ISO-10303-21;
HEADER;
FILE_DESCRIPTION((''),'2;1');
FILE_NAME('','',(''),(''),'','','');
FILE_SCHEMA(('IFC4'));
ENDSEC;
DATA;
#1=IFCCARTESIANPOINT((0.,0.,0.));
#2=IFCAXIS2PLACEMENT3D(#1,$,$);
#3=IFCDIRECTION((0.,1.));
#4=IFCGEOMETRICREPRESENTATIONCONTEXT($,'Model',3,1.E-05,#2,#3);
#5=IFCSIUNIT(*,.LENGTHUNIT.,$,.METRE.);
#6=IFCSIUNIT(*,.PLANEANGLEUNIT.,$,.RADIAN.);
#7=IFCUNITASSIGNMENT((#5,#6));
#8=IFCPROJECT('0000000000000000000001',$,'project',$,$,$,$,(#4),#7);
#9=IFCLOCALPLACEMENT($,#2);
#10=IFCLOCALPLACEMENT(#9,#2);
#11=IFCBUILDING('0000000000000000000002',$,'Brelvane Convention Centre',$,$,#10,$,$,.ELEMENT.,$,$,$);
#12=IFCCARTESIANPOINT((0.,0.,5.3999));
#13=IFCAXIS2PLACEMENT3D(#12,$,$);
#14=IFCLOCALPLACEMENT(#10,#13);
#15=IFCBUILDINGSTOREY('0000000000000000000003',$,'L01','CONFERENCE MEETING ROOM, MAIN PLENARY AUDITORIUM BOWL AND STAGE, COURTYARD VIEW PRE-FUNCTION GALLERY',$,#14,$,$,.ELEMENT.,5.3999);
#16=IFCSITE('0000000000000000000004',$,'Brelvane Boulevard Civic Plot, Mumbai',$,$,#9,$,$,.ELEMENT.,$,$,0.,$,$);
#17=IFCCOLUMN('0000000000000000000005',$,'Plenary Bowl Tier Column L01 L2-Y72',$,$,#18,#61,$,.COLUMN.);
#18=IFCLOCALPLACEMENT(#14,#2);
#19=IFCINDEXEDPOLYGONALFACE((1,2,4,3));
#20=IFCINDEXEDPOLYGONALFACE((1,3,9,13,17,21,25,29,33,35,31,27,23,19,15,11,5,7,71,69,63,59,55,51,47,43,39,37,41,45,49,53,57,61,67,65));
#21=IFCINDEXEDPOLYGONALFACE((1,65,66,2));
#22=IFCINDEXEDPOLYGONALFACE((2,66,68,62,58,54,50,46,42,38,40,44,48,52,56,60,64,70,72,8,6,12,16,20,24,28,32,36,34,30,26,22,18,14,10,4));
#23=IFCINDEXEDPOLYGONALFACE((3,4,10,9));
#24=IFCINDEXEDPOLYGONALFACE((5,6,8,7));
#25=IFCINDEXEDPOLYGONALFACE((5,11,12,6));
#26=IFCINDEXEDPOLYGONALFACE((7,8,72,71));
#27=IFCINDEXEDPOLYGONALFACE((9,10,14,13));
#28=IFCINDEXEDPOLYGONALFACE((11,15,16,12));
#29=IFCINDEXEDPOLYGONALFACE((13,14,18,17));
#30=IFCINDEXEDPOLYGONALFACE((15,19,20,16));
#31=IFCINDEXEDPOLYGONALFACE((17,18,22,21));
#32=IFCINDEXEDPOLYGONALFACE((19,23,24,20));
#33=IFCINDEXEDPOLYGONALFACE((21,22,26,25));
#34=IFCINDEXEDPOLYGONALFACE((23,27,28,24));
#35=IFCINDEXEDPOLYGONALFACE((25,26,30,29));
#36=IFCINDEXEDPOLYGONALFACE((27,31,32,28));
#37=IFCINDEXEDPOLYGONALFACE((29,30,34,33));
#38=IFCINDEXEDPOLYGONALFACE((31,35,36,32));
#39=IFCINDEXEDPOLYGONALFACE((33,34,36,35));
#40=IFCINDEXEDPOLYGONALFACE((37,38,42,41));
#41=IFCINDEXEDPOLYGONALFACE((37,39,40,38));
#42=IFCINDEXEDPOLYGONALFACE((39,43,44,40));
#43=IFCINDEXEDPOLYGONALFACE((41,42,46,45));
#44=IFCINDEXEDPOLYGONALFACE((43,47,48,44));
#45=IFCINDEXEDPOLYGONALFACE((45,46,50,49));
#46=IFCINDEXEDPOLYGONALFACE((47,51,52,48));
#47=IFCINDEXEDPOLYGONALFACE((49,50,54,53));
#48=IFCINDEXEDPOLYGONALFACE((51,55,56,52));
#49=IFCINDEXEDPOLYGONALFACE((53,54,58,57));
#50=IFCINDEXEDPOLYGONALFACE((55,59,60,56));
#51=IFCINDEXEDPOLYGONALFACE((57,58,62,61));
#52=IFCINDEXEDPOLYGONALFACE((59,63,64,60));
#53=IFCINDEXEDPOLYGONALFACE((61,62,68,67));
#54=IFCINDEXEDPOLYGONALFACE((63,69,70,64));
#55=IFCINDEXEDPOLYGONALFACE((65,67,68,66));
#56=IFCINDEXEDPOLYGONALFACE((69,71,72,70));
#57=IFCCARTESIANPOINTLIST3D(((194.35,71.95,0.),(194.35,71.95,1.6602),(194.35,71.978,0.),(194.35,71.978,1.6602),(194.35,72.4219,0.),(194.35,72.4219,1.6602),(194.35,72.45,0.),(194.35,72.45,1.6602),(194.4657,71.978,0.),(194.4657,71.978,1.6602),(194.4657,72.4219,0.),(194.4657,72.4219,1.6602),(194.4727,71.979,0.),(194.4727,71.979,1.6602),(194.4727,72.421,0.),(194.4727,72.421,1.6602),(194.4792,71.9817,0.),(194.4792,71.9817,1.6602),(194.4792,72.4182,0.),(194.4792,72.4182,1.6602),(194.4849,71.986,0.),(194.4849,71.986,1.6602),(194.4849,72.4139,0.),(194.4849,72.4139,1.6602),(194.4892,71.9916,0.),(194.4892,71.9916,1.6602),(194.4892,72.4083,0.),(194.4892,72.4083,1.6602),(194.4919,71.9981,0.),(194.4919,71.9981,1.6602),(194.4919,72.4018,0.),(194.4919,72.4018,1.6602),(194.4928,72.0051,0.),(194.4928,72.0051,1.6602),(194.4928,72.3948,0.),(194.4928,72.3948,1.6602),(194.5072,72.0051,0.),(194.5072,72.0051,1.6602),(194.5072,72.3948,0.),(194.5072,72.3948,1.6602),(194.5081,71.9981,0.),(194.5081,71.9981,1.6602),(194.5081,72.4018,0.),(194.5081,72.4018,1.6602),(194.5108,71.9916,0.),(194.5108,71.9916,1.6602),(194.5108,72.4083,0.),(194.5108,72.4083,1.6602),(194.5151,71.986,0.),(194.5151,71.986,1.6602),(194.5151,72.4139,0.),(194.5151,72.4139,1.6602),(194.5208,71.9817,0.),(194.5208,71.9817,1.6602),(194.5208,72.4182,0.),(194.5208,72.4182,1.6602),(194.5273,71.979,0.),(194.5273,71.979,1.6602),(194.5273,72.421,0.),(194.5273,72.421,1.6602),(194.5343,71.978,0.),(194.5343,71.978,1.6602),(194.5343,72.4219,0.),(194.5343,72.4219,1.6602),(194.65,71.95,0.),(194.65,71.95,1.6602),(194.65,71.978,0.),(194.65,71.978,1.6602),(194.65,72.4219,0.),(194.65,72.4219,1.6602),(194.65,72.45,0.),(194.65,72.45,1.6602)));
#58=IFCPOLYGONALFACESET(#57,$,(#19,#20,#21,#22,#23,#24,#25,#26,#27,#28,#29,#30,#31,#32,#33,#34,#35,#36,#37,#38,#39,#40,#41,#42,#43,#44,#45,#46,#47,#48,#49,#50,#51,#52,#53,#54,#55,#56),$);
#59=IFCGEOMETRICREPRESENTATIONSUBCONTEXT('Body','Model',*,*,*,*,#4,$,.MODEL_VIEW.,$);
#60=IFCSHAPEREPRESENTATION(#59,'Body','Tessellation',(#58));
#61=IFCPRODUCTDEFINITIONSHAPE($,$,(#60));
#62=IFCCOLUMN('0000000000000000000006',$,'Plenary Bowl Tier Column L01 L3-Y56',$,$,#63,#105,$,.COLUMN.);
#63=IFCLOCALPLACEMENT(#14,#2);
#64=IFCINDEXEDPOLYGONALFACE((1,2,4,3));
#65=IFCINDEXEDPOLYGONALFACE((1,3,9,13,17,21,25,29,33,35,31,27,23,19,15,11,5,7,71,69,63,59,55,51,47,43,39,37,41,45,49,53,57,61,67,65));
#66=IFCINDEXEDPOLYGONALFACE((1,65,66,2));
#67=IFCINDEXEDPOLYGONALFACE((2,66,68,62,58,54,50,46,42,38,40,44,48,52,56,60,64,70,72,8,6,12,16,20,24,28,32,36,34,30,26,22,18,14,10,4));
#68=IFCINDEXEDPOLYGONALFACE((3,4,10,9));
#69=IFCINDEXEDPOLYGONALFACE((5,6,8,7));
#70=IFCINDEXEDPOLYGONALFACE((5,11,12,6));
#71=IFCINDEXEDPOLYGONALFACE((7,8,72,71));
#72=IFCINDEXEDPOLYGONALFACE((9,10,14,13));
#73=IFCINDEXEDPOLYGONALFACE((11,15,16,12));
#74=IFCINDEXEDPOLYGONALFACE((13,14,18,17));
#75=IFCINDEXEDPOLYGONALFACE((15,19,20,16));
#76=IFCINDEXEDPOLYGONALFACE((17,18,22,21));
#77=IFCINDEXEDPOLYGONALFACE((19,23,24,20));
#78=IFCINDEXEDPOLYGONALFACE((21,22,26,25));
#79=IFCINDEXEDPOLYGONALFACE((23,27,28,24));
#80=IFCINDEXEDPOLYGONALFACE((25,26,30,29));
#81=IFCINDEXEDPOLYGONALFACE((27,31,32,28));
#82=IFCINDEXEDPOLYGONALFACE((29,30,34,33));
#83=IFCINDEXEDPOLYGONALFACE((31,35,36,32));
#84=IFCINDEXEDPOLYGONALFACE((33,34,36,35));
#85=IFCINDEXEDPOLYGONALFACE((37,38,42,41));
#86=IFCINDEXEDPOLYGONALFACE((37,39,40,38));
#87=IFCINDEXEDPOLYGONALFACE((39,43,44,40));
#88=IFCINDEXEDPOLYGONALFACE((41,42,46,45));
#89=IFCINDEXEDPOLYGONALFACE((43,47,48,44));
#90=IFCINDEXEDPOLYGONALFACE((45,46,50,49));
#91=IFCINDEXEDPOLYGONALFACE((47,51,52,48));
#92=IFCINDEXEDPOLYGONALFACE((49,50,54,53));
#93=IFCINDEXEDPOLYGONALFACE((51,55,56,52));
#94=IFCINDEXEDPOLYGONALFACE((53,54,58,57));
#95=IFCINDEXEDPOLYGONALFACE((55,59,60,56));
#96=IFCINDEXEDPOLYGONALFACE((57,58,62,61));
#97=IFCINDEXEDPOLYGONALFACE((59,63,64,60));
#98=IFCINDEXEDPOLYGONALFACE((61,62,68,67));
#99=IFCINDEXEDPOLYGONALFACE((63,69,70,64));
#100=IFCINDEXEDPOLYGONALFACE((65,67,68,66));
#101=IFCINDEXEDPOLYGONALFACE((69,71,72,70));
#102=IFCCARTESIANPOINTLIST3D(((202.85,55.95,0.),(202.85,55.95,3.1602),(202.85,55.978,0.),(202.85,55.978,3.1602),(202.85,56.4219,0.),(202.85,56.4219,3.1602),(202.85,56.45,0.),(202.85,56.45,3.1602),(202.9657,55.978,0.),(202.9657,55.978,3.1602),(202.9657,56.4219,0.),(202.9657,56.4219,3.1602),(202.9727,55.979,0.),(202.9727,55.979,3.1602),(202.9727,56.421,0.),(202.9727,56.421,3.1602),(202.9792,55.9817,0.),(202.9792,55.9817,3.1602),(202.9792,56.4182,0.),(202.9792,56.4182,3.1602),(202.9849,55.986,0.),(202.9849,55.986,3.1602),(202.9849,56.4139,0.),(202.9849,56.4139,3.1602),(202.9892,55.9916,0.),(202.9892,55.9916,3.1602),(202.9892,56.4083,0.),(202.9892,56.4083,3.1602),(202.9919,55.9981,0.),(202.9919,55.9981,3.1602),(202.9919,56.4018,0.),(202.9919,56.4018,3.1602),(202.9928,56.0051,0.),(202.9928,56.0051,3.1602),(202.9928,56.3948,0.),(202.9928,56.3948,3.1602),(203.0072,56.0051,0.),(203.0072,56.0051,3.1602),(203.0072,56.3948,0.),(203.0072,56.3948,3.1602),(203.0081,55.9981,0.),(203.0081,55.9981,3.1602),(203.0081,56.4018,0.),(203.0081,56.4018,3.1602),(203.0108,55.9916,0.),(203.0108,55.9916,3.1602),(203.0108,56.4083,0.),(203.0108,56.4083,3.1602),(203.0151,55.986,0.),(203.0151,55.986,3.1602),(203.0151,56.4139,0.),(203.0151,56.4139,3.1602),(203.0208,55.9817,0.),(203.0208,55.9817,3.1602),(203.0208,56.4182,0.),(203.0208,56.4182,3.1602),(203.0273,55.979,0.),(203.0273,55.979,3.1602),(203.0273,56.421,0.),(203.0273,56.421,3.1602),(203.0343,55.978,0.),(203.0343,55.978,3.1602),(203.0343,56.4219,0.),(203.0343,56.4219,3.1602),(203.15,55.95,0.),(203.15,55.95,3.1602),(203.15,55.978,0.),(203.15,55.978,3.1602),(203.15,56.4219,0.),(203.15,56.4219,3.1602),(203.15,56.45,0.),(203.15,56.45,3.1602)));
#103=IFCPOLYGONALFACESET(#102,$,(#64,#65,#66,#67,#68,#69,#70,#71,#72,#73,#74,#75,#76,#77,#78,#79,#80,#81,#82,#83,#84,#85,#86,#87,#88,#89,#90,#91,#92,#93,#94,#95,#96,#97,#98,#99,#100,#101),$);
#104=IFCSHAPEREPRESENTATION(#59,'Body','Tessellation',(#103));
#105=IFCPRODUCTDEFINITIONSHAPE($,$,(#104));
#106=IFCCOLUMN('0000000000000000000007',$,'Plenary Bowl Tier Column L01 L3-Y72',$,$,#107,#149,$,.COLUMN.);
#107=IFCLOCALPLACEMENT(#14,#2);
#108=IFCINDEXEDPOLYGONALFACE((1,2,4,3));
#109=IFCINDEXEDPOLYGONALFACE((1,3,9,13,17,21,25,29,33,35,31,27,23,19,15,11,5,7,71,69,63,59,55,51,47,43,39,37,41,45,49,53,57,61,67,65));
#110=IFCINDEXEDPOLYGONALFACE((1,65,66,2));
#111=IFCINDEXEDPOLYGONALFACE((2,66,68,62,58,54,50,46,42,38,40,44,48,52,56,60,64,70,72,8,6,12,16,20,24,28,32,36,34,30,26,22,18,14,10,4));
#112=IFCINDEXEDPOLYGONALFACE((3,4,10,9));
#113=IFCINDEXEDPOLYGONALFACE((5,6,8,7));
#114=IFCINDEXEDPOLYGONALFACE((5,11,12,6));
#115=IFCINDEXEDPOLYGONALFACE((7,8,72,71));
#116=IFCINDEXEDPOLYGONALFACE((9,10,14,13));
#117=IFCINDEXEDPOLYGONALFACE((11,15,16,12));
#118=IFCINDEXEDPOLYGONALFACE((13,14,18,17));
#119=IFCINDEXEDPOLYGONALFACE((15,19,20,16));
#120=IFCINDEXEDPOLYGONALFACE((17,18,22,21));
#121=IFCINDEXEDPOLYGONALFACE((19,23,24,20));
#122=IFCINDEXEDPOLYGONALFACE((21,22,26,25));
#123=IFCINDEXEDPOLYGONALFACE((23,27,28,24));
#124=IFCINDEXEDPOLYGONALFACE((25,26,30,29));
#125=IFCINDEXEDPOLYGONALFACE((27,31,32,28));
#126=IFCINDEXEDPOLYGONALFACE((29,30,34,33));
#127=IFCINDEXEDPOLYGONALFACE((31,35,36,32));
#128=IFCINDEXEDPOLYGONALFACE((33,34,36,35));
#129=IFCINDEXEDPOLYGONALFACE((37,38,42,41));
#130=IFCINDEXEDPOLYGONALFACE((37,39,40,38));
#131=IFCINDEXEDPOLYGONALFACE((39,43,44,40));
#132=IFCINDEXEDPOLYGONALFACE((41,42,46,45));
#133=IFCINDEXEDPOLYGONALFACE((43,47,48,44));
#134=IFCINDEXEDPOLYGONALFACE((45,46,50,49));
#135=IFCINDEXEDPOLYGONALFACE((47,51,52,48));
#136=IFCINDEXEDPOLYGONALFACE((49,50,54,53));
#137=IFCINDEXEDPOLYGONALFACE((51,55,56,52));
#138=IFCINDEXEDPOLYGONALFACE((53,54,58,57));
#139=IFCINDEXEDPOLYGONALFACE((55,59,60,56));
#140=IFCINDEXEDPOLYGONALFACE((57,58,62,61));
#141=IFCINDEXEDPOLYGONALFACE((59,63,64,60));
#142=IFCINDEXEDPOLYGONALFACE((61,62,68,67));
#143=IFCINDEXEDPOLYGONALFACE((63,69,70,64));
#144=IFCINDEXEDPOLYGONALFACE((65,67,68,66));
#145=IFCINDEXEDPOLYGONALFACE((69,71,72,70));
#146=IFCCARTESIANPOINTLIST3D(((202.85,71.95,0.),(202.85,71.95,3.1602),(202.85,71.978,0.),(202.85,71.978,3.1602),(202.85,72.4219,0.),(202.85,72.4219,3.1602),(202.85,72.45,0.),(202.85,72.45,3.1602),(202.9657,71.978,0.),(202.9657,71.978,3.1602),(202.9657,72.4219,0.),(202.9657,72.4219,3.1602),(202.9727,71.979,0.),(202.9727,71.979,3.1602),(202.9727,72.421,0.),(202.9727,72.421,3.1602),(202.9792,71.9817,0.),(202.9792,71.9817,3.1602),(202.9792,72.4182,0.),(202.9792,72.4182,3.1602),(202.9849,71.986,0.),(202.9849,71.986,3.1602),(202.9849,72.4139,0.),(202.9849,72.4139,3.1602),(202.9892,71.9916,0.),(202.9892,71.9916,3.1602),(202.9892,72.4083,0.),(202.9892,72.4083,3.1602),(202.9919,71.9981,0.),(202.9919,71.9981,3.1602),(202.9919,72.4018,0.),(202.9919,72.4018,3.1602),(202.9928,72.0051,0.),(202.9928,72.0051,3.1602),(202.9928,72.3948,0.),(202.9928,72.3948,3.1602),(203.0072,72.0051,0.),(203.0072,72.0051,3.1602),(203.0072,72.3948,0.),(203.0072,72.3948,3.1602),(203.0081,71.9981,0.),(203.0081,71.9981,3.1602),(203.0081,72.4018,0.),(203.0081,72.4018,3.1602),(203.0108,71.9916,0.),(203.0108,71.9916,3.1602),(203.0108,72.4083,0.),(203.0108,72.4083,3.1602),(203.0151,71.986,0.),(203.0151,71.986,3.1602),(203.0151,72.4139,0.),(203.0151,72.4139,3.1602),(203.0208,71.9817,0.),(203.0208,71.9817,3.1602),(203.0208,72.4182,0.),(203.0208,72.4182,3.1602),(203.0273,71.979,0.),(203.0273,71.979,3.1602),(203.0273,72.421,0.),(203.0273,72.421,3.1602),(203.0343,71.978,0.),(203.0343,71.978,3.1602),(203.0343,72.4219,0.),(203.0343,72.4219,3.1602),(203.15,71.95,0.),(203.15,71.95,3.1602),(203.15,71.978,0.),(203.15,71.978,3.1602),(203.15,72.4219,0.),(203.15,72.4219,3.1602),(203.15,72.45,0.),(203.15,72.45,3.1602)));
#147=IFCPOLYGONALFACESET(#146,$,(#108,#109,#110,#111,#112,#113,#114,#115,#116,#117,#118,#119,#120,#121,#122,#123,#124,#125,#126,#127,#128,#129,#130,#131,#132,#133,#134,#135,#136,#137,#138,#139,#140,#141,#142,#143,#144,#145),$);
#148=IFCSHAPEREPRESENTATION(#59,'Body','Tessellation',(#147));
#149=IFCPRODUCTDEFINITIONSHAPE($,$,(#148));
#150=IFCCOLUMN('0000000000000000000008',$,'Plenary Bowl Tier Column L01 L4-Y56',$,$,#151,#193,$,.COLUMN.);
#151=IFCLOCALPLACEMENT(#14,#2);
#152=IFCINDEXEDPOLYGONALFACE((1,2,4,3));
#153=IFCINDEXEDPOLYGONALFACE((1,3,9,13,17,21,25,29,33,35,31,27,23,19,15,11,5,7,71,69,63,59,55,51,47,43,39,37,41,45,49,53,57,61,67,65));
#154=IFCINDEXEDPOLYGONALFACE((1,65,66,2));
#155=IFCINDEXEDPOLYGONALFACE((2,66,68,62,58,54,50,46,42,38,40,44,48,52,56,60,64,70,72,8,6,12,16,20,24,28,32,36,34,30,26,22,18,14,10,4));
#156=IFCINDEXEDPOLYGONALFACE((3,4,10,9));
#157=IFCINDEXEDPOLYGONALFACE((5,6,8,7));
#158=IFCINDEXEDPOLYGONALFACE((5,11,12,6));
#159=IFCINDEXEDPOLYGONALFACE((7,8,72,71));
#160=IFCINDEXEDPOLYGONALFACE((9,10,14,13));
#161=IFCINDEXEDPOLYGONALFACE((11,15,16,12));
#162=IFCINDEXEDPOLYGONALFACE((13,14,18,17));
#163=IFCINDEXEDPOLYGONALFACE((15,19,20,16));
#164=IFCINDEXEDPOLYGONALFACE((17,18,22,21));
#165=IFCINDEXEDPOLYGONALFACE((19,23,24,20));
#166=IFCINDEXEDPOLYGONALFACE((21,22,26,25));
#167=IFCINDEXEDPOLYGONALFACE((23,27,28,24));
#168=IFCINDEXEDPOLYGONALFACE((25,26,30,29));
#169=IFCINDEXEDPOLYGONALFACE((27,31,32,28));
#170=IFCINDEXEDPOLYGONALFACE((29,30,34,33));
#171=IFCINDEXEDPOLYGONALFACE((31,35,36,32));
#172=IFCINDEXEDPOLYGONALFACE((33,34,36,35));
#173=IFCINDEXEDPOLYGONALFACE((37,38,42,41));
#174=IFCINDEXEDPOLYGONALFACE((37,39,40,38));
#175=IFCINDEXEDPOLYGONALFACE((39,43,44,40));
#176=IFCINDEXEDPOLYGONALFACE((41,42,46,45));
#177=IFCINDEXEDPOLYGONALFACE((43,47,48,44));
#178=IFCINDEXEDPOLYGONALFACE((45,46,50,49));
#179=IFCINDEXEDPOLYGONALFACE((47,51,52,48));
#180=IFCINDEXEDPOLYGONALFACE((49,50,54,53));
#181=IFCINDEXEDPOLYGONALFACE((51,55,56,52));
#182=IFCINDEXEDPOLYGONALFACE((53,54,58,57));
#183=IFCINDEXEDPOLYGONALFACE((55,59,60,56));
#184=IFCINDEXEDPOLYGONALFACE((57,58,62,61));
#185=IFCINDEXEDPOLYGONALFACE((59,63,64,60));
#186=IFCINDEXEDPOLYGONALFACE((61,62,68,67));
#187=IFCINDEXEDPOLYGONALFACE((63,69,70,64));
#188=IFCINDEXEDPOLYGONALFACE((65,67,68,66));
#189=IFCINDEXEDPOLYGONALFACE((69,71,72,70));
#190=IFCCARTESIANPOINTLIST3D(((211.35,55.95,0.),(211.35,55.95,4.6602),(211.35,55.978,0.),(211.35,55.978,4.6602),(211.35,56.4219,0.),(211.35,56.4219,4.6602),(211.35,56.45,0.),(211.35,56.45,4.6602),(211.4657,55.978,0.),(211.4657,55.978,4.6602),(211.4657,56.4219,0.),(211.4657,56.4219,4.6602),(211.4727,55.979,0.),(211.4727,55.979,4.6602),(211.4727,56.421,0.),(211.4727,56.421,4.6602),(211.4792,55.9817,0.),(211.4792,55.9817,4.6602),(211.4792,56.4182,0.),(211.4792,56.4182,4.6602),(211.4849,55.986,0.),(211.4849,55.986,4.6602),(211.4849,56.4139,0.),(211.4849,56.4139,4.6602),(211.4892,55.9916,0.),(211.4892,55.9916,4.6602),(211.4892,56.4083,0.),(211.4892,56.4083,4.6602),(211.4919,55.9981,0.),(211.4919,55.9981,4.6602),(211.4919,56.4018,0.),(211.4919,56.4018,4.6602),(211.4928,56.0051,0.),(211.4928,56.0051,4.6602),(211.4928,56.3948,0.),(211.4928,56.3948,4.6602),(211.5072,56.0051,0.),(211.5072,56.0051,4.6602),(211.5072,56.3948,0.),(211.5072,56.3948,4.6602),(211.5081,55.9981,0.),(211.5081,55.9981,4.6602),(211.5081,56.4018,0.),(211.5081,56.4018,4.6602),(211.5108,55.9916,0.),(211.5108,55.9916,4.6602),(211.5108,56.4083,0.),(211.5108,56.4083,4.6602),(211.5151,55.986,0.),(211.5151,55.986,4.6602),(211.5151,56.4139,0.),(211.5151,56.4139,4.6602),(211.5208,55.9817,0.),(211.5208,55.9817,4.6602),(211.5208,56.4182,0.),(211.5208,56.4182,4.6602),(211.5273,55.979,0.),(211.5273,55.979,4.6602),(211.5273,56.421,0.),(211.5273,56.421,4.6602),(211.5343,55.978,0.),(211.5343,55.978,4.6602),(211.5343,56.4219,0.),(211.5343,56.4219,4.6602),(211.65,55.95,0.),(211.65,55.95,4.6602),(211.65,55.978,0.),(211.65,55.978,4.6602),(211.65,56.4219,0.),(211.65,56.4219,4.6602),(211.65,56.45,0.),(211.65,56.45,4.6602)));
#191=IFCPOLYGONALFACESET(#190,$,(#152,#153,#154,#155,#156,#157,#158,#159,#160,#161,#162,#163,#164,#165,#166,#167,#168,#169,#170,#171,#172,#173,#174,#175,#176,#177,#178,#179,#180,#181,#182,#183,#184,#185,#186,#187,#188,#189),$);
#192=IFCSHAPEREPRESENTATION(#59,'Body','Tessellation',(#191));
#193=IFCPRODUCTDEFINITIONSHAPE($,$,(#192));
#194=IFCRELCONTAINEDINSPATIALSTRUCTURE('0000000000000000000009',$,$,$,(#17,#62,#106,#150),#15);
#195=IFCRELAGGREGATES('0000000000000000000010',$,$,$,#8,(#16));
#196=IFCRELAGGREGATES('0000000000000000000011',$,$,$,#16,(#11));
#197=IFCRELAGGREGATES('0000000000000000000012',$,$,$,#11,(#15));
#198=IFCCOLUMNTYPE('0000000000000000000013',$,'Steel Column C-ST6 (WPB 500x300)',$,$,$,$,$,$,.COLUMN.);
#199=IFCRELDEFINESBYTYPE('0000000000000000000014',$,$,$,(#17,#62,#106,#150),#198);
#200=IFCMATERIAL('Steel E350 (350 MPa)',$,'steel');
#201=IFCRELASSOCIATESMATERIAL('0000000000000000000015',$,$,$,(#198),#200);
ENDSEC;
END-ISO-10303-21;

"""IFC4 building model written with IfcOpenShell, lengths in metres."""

from ifc_helpers import new_model, si_unit, direction, frame, origin, origin_2d, place, context, subcontext, project, spatial, i_section, extrude, material, material_profile, profile_set, type_object, element, save


model = new_model("IFC4")

# Units and contexts
model_context = context("Model", 3, precision=1e-05, world=origin(), true_north=direction((0.0, 1.0)))
body_context = subcontext(model_context, "Body", "Model", "MODEL_VIEW")
ifc_project = project(units=[si_unit("LENGTHUNIT", "METRE"), si_unit("PLANEANGLEUNIT", "RADIAN")], contexts=[model_context])

# Site, building, storey
site_placement = place(None, origin())
site = spatial("IfcSite", under=ifc_project, at=site_placement, Name="Brelvane Boulevard Civic Plot, Mumbai", CompositionType="ELEMENT", RefElevation=0.0)
building_placement = place(site_placement, origin())
building = spatial("IfcBuilding", under=site, at=building_placement, Name="Brelvane Convention Centre", CompositionType="ELEMENT")
storey_placement = place(building_placement, frame((0.0, 0.0, 5.3999)))
storey = spatial("IfcBuildingStorey", under=building, at=storey_placement, Name="L01", Description="CONFERENCE MEETING ROOM, MAIN PLENARY AUDITORIUM BOWL AND STAGE, COURTYARD VIEW PRE-FUNCTION GALLERY", CompositionType="ELEMENT", Elevation=5.3999)

# Columns
ifc_material_1 = material(Name="Steel E350 (350 MPa)", Category="steel")
ifc_material_profile_1 = material_profile(ifc_material_1, i_section(OverallWidth=0.3, OverallDepth=0.5, WebThickness=0.0144, FlangeThickness=0.0281, FilletRadius=0.0271, at=origin_2d()), Name="WPB 500x300")
ifc_profile_set_1 = profile_set([ifc_material_profile_1], Name="Steel E350 (350 MPa)")
column_type_1 = type_object("IfcColumnType", Name="Steel Column C-ST6 (WPB 500x300)", PredefinedType="COLUMN", material=ifc_profile_set_1)
for number, where, z_axis, x_axis, name in (
    (1, (194.5, 72.2, 0.0), (0.0, 0.0, 1.0), (1.0, 0.0, 0.0), "Plenary Bowl Tier Column L01 L2-Y72"),
):
    element("IfcColumn", number, at=place(storey_placement, frame(where, z_axis=z_axis, x_axis=x_axis)), inside=storey, type_object=column_type_1, Name=name, PredefinedType="COLUMN", context=body_context, shape_type="SweptSolid", body=[
        extrude(i_section(OverallWidth=0.3, OverallDepth=0.5, WebThickness=0.0144, FlangeThickness=0.0281, FilletRadius=0.0271, at=origin_2d()), origin(), (0.0, 0.0, 1.0), 1.6602),
    ])
for number, where, z_axis, x_axis, name in (
    (2, (203.0, 56.2, 0.0), (0.0, 0.0, 1.0), (1.0, 0.0, 0.0), "Plenary Bowl Tier Column L01 L3-Y56"),
    (3, (203.0, 72.2, 0.0), (0.0, 0.0, 1.0), (1.0, 0.0, 0.0), "Plenary Bowl Tier Column L01 L3-Y72"),
):
    element("IfcColumn", number, at=place(storey_placement, frame(where, z_axis=z_axis, x_axis=x_axis)), inside=storey, type_object=column_type_1, Name=name, PredefinedType="COLUMN", context=body_context, shape_type="SweptSolid", body=[
        extrude(i_section(OverallWidth=0.3, OverallDepth=0.5, WebThickness=0.0144, FlangeThickness=0.0281, FilletRadius=0.0271, at=origin_2d()), origin(), (0.0, 0.0, 1.0), 3.1602),
    ])
for number, where, z_axis, x_axis, name in (
    (4, (211.5, 56.2, 0.0), (0.0, 0.0, 1.0), (1.0, 0.0, 0.0), "Plenary Bowl Tier Column L01 L4-Y56"),
):
    element("IfcColumn", number, at=place(storey_placement, frame(where, z_axis=z_axis, x_axis=x_axis)), inside=storey, type_object=column_type_1, Name=name, PredefinedType="COLUMN", context=body_context, shape_type="SweptSolid", body=[
        extrude(i_section(OverallWidth=0.3, OverallDepth=0.5, WebThickness=0.0144, FlangeThickness=0.0281, FilletRadius=0.0271, at=origin_2d()), origin(), (0.0, 0.0, 1.0), 4.6602),
    ])

save(model, "model.ifc")
